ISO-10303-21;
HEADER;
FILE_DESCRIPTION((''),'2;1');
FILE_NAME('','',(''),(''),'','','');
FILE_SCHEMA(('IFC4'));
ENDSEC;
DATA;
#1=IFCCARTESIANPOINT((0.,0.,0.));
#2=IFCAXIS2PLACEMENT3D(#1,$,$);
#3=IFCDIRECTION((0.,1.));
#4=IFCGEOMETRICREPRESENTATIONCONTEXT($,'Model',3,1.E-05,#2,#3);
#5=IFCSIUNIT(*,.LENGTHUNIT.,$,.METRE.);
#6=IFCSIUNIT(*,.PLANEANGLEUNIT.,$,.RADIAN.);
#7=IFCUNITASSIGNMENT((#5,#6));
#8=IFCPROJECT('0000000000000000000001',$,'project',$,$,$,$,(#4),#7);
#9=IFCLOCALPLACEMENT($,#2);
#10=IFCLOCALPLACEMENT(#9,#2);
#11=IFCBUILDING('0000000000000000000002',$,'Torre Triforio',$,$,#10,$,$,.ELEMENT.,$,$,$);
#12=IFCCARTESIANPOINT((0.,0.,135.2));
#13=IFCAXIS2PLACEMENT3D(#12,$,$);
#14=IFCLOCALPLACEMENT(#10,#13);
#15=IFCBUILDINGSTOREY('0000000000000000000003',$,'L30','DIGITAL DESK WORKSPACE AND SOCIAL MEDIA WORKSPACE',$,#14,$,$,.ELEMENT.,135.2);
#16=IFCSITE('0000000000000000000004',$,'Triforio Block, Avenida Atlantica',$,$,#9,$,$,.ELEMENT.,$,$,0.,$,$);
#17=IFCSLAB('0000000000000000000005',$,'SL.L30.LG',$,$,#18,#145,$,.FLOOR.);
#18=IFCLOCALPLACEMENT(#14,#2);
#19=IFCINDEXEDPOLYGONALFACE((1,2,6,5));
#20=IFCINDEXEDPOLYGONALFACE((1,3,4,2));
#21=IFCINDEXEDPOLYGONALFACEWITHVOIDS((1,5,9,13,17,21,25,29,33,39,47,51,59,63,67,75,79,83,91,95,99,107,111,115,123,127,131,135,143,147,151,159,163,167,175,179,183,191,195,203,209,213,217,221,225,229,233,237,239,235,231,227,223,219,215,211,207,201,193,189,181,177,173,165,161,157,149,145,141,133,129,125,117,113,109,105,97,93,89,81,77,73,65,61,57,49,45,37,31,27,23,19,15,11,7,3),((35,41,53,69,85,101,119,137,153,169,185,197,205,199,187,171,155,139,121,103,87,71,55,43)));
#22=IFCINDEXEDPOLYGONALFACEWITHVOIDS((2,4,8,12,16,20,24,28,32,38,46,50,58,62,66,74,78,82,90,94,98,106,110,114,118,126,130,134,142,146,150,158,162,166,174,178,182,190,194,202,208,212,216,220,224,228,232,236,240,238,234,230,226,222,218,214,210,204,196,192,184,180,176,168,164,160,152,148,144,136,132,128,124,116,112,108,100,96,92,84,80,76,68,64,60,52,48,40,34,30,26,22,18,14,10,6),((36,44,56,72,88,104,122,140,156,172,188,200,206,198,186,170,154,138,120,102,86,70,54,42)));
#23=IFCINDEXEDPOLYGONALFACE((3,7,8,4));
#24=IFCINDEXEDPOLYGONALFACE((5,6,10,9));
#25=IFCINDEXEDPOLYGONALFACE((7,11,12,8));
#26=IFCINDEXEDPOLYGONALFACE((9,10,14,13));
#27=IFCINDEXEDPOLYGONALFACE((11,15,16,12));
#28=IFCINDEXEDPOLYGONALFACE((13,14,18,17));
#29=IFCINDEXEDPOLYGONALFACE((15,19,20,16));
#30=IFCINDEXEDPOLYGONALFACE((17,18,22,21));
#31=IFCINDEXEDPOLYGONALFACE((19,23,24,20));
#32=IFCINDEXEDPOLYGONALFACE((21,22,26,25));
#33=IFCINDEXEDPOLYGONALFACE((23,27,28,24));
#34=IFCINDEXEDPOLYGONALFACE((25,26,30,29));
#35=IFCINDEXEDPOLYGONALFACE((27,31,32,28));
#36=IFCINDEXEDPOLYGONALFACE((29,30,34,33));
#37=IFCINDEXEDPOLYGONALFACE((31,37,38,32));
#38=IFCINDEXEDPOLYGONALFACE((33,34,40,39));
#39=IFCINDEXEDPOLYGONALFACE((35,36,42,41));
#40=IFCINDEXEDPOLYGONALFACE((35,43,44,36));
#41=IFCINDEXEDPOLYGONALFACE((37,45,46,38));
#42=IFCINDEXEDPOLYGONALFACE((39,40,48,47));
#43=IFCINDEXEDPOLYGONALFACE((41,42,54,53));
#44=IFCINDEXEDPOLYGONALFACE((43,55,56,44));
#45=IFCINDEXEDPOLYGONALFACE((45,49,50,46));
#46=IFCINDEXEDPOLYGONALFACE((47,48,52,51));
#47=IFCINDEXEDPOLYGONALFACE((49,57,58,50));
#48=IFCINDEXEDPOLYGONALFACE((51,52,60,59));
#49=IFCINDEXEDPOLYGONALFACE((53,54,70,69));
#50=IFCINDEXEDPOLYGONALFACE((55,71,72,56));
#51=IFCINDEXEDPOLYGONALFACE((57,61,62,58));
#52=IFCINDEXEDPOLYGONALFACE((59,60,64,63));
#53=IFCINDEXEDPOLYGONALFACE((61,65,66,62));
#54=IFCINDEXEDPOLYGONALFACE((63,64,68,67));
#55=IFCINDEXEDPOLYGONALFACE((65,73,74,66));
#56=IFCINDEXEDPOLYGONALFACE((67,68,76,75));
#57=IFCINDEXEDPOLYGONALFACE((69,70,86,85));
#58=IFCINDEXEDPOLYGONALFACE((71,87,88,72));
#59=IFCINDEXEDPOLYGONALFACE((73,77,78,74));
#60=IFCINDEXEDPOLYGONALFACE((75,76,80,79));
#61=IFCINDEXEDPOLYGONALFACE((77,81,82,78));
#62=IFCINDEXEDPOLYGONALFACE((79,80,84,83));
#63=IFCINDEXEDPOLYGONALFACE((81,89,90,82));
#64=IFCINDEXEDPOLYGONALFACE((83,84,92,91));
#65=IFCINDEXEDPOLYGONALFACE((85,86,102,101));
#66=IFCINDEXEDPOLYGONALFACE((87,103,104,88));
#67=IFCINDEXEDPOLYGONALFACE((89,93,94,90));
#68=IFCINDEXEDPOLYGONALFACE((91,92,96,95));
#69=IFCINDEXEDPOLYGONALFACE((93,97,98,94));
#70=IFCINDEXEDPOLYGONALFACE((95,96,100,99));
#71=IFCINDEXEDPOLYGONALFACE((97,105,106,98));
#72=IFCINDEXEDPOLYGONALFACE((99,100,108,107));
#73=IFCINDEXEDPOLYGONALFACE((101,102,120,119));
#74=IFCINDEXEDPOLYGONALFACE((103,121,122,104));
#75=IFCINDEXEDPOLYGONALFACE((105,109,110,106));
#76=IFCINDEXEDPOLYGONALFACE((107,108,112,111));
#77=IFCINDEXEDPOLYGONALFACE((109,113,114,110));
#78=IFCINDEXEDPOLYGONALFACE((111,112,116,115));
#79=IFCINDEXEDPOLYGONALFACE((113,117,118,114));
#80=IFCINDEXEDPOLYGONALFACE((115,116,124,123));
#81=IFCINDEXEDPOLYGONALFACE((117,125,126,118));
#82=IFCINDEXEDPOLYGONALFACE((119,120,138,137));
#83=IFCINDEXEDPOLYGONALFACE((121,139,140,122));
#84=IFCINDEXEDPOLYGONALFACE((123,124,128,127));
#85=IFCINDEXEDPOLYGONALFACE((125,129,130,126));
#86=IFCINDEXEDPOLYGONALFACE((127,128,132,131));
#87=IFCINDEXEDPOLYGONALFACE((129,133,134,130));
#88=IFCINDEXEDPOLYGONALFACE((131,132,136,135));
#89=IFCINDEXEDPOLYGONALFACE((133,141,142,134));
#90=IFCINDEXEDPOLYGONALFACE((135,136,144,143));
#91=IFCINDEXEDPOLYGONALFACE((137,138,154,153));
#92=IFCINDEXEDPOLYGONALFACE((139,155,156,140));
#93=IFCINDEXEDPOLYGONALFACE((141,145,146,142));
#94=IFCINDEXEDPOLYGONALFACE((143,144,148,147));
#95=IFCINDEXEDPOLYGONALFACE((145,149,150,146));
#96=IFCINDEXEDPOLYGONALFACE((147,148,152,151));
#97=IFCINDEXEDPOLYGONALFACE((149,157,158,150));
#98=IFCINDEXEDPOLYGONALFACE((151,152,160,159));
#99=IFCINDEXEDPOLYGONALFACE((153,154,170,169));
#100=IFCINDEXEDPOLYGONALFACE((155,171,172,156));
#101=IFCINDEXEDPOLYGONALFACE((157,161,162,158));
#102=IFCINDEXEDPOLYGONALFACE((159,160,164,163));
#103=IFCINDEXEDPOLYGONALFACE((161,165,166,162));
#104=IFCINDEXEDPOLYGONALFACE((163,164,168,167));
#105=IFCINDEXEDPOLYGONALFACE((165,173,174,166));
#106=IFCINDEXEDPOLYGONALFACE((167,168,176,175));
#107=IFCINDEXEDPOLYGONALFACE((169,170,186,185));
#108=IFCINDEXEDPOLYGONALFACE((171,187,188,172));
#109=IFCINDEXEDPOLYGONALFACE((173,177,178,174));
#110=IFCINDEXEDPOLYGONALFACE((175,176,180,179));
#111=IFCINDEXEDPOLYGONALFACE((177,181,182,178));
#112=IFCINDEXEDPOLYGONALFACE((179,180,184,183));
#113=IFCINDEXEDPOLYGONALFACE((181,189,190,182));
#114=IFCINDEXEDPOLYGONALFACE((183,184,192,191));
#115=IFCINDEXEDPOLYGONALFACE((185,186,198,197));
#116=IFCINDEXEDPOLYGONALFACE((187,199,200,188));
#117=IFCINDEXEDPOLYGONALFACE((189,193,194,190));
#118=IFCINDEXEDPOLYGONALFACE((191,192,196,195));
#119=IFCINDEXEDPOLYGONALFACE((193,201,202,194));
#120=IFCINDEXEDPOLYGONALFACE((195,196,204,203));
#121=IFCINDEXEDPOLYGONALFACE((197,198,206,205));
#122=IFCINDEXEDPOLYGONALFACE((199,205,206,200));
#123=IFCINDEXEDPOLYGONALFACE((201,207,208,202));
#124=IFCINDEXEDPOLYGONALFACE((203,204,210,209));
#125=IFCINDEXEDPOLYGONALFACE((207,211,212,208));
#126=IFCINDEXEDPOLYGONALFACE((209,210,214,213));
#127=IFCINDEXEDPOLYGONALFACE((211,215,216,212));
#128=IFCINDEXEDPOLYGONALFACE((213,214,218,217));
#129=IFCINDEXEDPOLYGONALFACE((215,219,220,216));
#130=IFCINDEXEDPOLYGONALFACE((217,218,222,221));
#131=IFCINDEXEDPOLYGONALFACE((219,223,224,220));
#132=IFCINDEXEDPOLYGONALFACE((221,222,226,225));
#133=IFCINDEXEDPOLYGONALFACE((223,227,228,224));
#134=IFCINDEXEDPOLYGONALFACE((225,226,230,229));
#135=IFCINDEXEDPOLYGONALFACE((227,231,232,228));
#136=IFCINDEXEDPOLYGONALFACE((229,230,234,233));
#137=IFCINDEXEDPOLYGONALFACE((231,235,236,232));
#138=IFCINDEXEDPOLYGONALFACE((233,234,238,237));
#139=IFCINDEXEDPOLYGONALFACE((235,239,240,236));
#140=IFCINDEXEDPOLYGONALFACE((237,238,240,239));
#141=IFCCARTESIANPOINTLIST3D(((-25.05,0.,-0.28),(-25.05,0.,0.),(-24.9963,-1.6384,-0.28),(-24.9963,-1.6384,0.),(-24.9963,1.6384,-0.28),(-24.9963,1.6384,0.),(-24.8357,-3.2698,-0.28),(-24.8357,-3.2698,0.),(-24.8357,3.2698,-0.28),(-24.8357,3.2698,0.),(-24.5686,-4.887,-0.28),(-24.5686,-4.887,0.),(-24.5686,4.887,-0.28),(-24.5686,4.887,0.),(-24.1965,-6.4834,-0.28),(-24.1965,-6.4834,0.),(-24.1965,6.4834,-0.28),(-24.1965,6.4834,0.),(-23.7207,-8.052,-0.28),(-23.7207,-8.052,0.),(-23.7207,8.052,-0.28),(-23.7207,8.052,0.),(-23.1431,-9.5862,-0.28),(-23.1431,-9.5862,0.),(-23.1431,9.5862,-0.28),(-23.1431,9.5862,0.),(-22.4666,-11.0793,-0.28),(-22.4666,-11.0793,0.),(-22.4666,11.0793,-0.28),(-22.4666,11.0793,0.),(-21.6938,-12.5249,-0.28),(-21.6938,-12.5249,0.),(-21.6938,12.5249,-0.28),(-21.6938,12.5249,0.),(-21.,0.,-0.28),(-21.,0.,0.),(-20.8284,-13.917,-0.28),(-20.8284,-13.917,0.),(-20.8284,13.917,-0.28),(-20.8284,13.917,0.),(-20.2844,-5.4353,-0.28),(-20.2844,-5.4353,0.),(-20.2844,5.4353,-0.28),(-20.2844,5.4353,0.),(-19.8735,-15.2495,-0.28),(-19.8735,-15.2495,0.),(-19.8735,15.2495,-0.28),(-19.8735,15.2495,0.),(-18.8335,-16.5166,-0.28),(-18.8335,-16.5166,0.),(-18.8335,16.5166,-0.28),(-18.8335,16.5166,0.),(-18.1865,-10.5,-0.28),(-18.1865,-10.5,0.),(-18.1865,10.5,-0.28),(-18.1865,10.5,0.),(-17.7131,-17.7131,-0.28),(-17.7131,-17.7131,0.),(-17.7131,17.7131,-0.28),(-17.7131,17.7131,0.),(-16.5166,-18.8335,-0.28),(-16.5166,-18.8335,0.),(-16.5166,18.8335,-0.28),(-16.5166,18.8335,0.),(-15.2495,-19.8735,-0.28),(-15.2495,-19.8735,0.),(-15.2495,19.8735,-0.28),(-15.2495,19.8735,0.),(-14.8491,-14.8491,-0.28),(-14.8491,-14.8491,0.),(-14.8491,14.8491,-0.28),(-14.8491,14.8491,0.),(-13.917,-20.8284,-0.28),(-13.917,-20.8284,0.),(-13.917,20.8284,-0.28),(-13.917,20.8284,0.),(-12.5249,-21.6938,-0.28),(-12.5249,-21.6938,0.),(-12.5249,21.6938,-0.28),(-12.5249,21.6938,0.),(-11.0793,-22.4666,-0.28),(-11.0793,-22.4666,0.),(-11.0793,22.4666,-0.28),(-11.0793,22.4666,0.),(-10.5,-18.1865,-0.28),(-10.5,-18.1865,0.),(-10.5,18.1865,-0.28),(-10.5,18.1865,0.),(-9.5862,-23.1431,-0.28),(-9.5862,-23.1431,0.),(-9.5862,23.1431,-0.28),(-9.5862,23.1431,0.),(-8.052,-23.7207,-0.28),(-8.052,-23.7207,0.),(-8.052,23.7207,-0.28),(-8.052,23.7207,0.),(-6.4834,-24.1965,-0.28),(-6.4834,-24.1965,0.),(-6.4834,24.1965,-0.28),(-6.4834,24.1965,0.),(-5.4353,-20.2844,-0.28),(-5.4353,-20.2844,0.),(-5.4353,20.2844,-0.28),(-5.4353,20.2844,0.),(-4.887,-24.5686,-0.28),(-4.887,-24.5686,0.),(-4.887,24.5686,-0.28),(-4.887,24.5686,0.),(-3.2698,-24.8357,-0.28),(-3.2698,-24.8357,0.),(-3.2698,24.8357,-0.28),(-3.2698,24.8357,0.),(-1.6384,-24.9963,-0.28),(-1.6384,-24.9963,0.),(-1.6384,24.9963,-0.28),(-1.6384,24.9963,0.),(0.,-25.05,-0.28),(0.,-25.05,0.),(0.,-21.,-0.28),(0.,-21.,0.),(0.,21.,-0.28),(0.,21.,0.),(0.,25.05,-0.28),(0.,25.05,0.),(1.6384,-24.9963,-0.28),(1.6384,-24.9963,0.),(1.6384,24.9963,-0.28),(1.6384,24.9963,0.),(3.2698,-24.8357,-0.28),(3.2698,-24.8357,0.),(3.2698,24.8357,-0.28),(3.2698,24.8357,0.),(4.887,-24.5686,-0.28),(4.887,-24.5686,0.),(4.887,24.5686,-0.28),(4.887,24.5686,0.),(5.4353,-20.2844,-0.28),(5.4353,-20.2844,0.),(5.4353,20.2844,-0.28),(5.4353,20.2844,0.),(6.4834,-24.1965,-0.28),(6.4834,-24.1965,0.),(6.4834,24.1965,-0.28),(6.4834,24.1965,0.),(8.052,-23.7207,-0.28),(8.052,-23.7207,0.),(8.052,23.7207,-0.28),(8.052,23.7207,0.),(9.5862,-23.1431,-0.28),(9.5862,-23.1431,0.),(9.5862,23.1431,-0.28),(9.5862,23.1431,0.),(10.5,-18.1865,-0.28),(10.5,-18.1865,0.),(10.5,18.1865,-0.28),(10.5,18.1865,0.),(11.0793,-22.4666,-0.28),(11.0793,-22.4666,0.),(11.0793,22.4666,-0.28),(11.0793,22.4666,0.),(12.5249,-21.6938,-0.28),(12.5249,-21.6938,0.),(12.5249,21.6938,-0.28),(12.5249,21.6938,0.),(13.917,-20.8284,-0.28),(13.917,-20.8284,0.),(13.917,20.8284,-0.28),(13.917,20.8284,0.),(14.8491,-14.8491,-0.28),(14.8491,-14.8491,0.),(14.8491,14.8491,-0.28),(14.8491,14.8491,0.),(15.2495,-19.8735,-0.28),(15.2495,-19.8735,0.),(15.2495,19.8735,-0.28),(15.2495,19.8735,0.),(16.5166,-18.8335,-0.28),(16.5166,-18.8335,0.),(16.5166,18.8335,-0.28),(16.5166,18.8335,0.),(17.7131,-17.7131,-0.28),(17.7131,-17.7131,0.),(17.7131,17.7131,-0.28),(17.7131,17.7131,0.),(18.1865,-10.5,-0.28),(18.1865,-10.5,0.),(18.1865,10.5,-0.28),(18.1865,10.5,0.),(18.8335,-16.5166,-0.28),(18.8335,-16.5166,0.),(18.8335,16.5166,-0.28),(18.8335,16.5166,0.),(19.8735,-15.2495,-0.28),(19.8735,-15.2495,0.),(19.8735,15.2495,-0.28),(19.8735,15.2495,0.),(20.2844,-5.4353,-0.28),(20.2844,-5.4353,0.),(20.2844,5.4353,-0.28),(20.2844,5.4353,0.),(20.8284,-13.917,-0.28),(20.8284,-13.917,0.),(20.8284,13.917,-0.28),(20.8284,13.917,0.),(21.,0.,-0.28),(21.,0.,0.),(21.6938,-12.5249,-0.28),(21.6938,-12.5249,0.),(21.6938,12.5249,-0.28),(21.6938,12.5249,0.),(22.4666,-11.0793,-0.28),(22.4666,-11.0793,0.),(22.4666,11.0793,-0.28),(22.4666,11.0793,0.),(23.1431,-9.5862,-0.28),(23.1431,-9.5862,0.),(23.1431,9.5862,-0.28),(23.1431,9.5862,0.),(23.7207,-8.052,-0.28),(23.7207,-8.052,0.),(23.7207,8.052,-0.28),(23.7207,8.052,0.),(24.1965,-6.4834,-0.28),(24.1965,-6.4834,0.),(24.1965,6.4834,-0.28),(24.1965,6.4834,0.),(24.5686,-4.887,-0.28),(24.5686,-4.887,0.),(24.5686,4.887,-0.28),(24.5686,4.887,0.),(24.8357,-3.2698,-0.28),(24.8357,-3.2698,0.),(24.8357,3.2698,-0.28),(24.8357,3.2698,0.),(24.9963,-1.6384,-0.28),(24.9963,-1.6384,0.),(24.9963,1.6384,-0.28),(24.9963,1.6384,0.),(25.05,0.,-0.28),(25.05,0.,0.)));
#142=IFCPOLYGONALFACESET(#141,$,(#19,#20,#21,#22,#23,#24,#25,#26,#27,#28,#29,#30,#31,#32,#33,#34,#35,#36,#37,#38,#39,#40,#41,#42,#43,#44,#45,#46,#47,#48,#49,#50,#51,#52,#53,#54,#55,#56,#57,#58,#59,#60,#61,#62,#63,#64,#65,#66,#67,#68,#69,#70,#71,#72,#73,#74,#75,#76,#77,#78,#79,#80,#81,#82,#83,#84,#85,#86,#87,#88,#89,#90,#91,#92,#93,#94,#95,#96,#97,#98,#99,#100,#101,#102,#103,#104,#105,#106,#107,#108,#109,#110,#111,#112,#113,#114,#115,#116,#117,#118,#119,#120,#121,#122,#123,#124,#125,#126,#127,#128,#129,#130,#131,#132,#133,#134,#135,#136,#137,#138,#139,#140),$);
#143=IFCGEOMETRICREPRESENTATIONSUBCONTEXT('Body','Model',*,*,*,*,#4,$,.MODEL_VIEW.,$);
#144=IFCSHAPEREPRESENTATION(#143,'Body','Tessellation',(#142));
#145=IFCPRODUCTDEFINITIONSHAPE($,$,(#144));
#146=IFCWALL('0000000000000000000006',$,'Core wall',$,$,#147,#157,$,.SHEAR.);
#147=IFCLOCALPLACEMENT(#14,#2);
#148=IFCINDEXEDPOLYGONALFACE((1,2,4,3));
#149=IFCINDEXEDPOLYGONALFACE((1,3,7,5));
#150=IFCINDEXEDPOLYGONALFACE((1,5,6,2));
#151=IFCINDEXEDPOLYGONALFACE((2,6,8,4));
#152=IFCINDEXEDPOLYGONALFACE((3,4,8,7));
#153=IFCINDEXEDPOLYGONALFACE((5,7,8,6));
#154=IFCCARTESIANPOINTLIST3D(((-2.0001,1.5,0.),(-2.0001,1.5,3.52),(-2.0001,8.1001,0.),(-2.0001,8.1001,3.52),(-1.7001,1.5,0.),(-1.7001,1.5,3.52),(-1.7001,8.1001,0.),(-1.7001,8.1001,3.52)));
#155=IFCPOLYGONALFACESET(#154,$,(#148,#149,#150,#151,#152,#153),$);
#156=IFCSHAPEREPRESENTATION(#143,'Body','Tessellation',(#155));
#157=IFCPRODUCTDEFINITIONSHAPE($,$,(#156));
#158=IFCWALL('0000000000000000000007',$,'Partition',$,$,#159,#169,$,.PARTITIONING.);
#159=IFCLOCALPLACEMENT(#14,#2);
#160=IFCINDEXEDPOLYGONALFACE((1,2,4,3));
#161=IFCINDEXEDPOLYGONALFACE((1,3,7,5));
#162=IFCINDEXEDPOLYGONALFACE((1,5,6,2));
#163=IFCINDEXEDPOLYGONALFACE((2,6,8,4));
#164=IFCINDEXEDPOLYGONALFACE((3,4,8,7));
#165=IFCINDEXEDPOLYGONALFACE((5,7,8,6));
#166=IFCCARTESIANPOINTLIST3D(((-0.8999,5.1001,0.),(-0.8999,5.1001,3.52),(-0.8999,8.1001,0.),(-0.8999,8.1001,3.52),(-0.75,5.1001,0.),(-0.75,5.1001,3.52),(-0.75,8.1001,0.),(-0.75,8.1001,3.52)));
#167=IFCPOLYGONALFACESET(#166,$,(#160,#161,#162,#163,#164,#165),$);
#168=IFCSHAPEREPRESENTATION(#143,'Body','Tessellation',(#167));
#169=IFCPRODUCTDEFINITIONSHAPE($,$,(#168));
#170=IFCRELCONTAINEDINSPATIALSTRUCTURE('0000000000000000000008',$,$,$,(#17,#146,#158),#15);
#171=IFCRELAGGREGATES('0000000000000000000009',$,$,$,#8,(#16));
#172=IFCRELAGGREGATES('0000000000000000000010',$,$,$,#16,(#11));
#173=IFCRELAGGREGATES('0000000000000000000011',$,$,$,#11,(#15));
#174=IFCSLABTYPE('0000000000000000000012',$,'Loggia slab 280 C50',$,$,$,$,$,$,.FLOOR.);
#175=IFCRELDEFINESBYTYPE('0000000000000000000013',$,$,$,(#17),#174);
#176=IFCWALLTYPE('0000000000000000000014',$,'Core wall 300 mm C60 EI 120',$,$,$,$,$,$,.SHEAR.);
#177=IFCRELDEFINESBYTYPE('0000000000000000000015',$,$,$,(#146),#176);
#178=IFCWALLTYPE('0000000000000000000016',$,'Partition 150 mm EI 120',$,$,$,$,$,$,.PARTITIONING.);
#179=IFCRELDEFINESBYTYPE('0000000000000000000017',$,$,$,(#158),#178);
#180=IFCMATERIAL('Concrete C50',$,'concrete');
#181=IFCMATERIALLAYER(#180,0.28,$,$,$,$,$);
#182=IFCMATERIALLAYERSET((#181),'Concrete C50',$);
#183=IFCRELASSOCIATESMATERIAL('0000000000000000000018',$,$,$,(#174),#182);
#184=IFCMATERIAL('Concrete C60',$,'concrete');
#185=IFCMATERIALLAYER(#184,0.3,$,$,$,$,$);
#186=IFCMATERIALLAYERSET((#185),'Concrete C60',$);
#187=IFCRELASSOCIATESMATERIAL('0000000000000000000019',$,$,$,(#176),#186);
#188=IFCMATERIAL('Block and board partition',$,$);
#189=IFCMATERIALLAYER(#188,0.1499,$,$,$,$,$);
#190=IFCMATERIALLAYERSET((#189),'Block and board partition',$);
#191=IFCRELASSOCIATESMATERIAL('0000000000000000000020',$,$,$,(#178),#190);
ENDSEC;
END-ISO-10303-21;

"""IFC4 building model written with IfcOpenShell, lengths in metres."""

from ifc_helpers import new_model, si_unit, direction, frame, frame_2d, origin, place, context, subcontext, project, spatial, polyline, rectangle, outline, extrude, material, layer, layer_set, type_object, element, save


model = new_model("IFC4")

# Units and contexts
model_context = context("Model", 3, precision=1e-05, world=origin(), true_north=direction((0.0, 1.0)))
body_context = subcontext(model_context, "Body", "Model", "MODEL_VIEW")
ifc_project = project(units=[si_unit("LENGTHUNIT", "METRE"), si_unit("PLANEANGLEUNIT", "RADIAN")], contexts=[model_context])

# Site, building, storey
site_placement = place(None, origin())
site = spatial("IfcSite", under=ifc_project, at=site_placement, Name="Triforio Block, Avenida Atlantica", CompositionType="ELEMENT", RefElevation=0.0)
building_placement = place(site_placement, origin())
building = spatial("IfcBuilding", under=site, at=building_placement, Name="Torre Triforio", CompositionType="ELEMENT")
storey_placement = place(building_placement, frame((0.0, 0.0, 135.2)))
storey = spatial("IfcBuildingStorey", under=building, at=storey_placement, Name="L30", Description="DIGITAL DESK WORKSPACE AND SOCIAL MEDIA WORKSPACE", CompositionType="ELEMENT", Elevation=135.2)

# Slab
ifc_material_1 = material(Name="Concrete C50", Category="concrete")
ifc_layer_1 = layer(ifc_material_1, 0.28)
ifc_layer_set_1 = layer_set([ifc_layer_1], Name="Concrete C50")
slab_type_1 = type_object("IfcSlabType", Name="Loggia slab 280 C50", PredefinedType="FLOOR", material=ifc_layer_set_1)
slab_1_placement = place(storey_placement, frame((0.0, 0.0, -0.28)))
element("IfcSlab", 1, at=slab_1_placement, inside=storey, type_object=slab_type_1, Name="SL.L30.LG", PredefinedType="FLOOR", context=body_context, shape_type="SweptSolid", body=[
    extrude(outline(polyline([(24.9963, -1.6384), (25.05, 0.0), (24.9963, 1.6384), (24.8357, 3.2698), (24.5686, 4.887), (24.1965, 6.4834), (23.7207, 8.052), (23.1431, 9.5862), (22.4666, 11.0793), (21.6938, 12.5249), (20.8284, 13.917), (19.8735, 15.2495), (18.8335, 16.5166), (17.7131, 17.7131), (16.5166, 18.8335), (15.2495, 19.8735), (13.917, 20.8284), (12.5249, 21.6938), (11.0793, 22.4666), (9.5862, 23.1431), (8.052, 23.7207), (6.4834, 24.1965), (4.887, 24.5686), (3.2698, 24.8357), (1.6384, 24.9963), (0.0, 25.05), (-1.6384, 24.9963), (-3.2698, 24.8357), (-4.887, 24.5686), (-6.4834, 24.1965), (-8.052, 23.7207), (-9.5862, 23.1431), (-11.0793, 22.4666), (-12.5249, 21.6938), (-13.917, 20.8284), (-15.2495, 19.8735), (-16.5166, 18.8335), (-17.7131, 17.7131), (-18.8335, 16.5166), (-19.8735, 15.2495), (-20.8284, 13.917), (-21.6938, 12.5249), (-22.4666, 11.0793), (-23.1431, 9.5862), (-23.7207, 8.052), (-24.1965, 6.4834), (-24.5686, 4.887), (-24.8357, 3.2698), (-24.9963, 1.6384), (-25.05, 0.0), (-24.9963, -1.6384), (-24.8357, -3.2698), (-24.5686, -4.887), (-24.1965, -6.4834), (-23.7207, -8.052), (-23.1431, -9.5862), (-22.4666, -11.0793), (-21.6938, -12.5249), (-20.8284, -13.917), (-19.8735, -15.2495), (-18.8335, -16.5166), (-17.7131, -17.7131), (-16.5166, -18.8335), (-15.2495, -19.8735), (-13.917, -20.8284), (-12.5249, -21.6938), (-11.0793, -22.4666), (-9.5862, -23.1431), (-8.052, -23.7207), (-6.4834, -24.1965), (-4.887, -24.5686), (-3.2698, -24.8357), (-1.6384, -24.9963), (0.0, -25.05), (1.6384, -24.9963), (3.2698, -24.8357), (4.887, -24.5686), (6.4834, -24.1965), (8.052, -23.7207), (9.5862, -23.1431), (11.0793, -22.4666), (12.5249, -21.6938), (13.917, -20.8284), (15.2495, -19.8735), (16.5166, -18.8335), (17.7131, -17.7131), (18.8335, -16.5166), (19.8735, -15.2495), (20.8284, -13.917), (21.6938, -12.5249), (22.4666, -11.0793), (23.1431, -9.5862), (23.7207, -8.052), (24.1965, -6.4834), (24.5686, -4.887), (24.8357, -3.2698), (24.9963, -1.6384)]), holes=[polyline([(20.2844, 5.4353), (21.0, 0.0), (20.2844, -5.4353), (18.1865, -10.5), (14.8491, -14.8491), (10.5, -18.1865), (5.4353, -20.2844), (0.0, -21.0), (-5.4353, -20.2844), (-10.5, -18.1865), (-14.8491, -14.8491), (-18.1865, -10.5), (-20.2844, -5.4353), (-21.0, 0.0), (-20.2844, 5.4353), (-18.1865, 10.5), (-14.8491, 14.8491), (-10.5, 18.1865), (-5.4353, 20.2844), (0.0, 21.0), (5.4353, 20.2844), (10.5, 18.1865), (14.8491, 14.8491), (18.1865, 10.5), (20.2844, 5.4353)])]), origin(), (0.0, 0.0, 1.0), 0.28),
])

# Walls
ifc_material_2 = material(Name="Concrete C60", Category="concrete")
ifc_layer_2 = layer(ifc_material_2, 0.3)
ifc_layer_set_2 = layer_set([ifc_layer_2], Name="Concrete C60")
wall_type_1 = type_object("IfcWallType", Name="Core wall 300 mm C60 EI 120", PredefinedType="SHEAR", material=ifc_layer_set_2)
wall_1_placement = place(storey_placement, frame((-1.8501, 1.5, 0.0), z_axis=(0.0, 0.0, 1.0), x_axis=(0.0, 1.0, 0.0)))
element("IfcWall", 2, at=wall_1_placement, inside=storey, type_object=wall_type_1, Name="Core wall", PredefinedType="SHEAR", context=body_context, shape_type="SweptSolid", body=[
    extrude(rectangle(XDim=6.6001, YDim=0.3, at=frame_2d((3.3, 0.0))), origin(), (0.0, 0.0, 1.0), 3.52),
])
ifc_material_3 = material(Name="Block and board partition")
ifc_layer_3 = layer(ifc_material_3, 0.1499)
ifc_layer_set_3 = layer_set([ifc_layer_3], Name="Block and board partition")
wall_type_2 = type_object("IfcWallType", Name="Partition 150 mm EI 120", PredefinedType="PARTITIONING", material=ifc_layer_set_3)
wall_2_placement = place(storey_placement, frame((-0.825, 5.1001, 0.0), z_axis=(0.0, 0.0, 1.0), x_axis=(0.0, 1.0, 0.0)))
element("IfcWall", 3, at=wall_2_placement, inside=storey, type_object=wall_type_2, Name="Partition", PredefinedType="PARTITIONING", context=body_context, shape_type="SweptSolid", body=[
    extrude(rectangle(XDim=3.0, YDim=0.1499, at=frame_2d((1.5, 0.0))), origin(), (0.0, 0.0, 1.0), 3.52),
])

save(model, "model.ifc")
